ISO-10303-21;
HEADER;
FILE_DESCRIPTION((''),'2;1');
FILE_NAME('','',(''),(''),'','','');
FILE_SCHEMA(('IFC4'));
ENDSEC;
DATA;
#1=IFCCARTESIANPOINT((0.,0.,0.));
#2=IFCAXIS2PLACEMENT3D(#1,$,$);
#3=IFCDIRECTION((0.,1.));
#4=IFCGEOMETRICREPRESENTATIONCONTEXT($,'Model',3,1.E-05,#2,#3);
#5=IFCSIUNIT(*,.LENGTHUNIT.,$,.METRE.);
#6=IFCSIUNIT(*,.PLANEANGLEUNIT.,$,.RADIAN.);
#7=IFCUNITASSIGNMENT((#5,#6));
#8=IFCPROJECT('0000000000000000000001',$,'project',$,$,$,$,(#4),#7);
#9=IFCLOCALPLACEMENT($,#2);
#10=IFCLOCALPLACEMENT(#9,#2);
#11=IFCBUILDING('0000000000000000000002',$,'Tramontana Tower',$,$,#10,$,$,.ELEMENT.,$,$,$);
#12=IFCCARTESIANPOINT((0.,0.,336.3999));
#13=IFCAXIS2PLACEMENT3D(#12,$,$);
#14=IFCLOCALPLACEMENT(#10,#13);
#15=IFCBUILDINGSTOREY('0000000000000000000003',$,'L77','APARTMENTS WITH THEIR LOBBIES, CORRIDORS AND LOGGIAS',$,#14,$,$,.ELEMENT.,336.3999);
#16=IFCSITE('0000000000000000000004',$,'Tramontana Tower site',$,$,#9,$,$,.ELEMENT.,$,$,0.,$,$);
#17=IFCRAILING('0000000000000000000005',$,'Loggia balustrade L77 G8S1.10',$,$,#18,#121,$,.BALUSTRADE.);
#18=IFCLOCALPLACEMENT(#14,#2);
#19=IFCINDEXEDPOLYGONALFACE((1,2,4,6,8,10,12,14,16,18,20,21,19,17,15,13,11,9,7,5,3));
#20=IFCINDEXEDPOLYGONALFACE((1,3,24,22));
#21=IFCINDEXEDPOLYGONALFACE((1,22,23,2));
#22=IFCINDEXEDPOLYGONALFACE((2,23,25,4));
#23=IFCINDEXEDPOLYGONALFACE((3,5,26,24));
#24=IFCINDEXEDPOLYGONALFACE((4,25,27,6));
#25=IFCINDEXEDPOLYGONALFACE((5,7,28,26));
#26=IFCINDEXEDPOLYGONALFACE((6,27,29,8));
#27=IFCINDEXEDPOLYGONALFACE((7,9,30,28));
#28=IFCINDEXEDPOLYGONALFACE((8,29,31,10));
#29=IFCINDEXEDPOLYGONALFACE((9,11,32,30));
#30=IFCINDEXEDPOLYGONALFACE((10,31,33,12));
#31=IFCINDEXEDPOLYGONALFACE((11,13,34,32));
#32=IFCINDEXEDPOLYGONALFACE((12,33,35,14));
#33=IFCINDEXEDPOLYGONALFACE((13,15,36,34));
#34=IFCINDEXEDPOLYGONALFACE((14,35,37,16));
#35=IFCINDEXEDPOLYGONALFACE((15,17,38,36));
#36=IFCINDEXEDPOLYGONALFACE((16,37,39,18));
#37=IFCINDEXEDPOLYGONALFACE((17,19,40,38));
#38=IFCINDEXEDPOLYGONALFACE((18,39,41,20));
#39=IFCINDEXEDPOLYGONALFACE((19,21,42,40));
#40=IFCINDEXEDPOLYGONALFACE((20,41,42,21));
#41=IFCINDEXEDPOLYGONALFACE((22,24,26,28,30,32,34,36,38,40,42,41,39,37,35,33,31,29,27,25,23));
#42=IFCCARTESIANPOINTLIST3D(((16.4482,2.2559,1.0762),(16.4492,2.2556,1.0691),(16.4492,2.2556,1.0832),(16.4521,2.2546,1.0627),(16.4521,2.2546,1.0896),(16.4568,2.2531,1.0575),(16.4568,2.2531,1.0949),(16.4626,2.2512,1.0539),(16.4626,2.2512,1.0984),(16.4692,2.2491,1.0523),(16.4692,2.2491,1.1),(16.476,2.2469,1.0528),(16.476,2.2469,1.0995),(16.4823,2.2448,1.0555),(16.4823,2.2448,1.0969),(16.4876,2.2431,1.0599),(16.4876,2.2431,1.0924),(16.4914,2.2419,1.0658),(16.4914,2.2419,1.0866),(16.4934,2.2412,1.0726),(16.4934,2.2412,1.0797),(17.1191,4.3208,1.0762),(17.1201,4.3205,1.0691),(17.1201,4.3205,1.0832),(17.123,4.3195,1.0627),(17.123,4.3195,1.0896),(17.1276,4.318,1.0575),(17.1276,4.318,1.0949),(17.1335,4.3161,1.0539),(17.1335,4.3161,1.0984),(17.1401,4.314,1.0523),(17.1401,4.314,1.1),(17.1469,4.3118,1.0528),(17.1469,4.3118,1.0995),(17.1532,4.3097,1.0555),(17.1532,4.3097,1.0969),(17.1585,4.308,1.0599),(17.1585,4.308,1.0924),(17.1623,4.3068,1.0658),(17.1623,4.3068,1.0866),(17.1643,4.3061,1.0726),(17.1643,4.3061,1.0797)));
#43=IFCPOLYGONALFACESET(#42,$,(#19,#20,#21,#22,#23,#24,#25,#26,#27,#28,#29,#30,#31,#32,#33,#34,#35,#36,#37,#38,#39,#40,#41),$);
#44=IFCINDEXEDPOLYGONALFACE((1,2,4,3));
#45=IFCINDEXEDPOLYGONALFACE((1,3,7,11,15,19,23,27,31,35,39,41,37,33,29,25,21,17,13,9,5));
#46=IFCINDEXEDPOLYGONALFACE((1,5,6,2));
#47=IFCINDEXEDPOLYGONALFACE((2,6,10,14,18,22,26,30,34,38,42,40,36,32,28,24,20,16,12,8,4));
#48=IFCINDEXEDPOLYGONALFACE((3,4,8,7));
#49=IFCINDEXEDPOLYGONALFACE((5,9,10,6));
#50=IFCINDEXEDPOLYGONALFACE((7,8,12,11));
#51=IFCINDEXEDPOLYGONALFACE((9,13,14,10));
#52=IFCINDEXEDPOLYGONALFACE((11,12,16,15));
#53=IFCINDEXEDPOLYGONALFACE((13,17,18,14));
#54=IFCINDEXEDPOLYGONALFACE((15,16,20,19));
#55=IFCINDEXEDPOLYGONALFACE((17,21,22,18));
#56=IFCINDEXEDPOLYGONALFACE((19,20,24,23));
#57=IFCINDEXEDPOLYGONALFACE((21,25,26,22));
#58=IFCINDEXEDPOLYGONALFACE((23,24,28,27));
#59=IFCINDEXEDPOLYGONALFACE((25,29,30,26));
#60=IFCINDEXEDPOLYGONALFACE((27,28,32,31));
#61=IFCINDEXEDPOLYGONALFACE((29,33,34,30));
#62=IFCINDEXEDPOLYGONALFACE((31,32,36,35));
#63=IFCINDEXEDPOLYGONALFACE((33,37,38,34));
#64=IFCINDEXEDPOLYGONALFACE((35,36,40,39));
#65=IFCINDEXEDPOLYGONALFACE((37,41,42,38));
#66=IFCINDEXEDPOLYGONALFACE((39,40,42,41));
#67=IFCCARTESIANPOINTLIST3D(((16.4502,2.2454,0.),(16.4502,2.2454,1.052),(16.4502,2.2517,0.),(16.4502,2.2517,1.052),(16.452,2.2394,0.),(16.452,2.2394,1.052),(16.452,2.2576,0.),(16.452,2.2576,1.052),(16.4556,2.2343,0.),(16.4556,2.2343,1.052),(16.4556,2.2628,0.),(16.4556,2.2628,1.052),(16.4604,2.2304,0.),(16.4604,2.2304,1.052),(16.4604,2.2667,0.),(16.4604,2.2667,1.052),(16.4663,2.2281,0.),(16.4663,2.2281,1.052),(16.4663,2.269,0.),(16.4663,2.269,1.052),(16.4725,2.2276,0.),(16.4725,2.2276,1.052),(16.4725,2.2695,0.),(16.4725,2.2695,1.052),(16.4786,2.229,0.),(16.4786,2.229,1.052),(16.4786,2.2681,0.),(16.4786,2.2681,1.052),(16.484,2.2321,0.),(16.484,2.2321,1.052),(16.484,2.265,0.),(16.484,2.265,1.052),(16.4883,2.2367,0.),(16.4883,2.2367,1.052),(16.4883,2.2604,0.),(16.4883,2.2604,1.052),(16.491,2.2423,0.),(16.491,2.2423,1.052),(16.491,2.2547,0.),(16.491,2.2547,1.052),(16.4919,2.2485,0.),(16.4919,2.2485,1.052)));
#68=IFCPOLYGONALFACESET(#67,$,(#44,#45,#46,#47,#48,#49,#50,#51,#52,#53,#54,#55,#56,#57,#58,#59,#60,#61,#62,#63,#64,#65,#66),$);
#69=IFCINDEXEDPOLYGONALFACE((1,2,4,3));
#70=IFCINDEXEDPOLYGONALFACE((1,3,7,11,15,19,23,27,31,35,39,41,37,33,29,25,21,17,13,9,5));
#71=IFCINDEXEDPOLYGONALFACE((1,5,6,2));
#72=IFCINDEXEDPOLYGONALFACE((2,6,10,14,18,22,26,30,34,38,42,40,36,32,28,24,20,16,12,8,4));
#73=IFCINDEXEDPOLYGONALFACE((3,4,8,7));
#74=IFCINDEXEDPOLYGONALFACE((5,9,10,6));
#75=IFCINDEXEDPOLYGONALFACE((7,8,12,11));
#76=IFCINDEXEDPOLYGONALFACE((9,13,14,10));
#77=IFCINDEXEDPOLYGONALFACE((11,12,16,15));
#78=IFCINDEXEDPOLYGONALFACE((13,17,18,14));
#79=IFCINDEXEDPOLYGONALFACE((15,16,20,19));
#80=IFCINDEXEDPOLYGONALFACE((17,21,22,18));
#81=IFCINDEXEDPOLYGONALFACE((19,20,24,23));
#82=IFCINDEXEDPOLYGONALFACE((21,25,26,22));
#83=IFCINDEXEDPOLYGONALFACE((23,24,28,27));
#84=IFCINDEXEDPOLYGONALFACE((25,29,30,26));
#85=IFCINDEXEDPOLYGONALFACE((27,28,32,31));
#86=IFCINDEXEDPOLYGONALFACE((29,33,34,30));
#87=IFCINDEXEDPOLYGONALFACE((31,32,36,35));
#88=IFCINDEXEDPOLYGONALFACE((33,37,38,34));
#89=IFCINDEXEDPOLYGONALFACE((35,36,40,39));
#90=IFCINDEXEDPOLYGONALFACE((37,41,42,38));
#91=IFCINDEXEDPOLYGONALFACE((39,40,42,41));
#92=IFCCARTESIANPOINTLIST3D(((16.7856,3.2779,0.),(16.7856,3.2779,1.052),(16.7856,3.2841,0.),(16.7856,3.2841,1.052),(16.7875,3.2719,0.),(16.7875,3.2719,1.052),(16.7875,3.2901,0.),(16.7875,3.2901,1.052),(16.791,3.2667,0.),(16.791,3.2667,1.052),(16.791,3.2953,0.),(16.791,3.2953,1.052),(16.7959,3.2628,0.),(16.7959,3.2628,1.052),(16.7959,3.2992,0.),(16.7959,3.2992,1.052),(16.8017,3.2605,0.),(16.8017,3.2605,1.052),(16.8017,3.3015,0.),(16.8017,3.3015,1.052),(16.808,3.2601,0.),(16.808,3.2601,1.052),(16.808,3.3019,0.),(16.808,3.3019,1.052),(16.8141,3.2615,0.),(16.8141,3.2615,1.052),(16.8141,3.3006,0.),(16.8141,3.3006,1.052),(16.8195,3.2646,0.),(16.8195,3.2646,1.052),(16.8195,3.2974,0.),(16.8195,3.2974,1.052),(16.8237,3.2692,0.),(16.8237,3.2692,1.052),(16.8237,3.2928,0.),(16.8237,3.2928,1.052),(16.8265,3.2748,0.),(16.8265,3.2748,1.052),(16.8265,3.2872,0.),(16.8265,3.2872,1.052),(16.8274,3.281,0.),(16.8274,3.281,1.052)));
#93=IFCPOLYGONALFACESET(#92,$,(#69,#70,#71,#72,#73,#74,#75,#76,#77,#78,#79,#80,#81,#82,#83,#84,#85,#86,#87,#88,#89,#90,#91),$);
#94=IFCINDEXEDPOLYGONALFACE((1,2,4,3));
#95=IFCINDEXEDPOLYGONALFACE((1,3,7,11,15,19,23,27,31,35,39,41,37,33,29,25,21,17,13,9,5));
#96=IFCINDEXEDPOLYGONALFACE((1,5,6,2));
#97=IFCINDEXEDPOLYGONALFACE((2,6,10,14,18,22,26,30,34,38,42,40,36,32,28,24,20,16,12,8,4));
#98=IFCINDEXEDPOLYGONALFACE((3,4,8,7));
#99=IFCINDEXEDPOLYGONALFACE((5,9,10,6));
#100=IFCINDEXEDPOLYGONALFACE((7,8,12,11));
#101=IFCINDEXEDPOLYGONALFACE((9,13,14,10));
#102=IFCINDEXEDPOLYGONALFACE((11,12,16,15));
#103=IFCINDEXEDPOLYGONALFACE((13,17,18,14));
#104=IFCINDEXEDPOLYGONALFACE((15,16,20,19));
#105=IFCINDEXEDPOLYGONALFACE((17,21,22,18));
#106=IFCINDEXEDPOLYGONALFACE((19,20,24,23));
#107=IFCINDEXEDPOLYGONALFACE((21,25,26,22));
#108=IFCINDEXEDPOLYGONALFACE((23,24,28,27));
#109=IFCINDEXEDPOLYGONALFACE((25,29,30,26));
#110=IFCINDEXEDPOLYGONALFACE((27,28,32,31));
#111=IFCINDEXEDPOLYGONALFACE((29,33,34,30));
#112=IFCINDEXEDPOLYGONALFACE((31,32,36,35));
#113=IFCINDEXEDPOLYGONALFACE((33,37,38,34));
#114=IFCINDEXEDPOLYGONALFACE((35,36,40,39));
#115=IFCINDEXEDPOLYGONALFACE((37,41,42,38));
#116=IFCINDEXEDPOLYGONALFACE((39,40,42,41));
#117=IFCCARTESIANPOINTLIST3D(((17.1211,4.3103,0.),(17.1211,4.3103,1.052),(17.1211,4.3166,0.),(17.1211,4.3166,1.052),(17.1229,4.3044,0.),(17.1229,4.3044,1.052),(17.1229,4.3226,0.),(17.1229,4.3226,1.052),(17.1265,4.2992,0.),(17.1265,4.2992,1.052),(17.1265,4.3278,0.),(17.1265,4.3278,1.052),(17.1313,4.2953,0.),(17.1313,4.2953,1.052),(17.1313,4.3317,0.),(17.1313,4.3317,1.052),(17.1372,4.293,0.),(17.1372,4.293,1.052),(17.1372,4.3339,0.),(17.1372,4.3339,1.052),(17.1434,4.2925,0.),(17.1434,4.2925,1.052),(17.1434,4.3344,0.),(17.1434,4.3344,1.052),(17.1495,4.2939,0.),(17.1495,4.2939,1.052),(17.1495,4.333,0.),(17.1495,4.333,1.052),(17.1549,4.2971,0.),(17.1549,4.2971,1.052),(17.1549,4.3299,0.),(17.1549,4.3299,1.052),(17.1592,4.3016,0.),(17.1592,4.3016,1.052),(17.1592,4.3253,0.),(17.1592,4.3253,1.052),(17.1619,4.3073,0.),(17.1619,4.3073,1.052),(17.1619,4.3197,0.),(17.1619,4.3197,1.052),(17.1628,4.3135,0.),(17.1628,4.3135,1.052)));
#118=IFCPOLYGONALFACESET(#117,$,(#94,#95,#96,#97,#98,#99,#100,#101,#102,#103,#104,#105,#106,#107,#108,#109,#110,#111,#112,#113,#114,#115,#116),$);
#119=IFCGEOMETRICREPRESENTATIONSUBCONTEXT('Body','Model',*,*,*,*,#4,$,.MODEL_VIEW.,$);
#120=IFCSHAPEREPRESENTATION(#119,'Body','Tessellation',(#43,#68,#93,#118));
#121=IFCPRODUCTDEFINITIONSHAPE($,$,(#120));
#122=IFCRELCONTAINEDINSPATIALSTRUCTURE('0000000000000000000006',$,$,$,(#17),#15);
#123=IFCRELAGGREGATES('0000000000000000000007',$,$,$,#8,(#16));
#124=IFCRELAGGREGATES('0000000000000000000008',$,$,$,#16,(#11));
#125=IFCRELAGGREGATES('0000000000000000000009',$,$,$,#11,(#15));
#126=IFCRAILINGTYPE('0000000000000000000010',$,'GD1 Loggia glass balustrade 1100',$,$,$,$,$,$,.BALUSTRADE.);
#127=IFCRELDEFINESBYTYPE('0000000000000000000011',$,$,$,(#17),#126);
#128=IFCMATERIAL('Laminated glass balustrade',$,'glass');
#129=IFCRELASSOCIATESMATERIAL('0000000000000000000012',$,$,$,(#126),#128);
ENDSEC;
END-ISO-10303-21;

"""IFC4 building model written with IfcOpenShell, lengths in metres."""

from ifc_helpers import new_model, si_unit, direction, frame, origin, origin_2d, place, context, subcontext, project, spatial, circle, extrude, material, type_object, element, save


model = new_model("IFC4")

# Units and contexts
model_context = context("Model", 3, precision=1e-05, world=origin(), true_north=direction((0.0, 1.0)))
body_context = subcontext(model_context, "Body", "Model", "MODEL_VIEW")
ifc_project = project(units=[si_unit("LENGTHUNIT", "METRE"), si_unit("PLANEANGLEUNIT", "RADIAN")], contexts=[model_context])

# Site, building, storey
site_placement = place(None, origin())
site = spatial("IfcSite", under=ifc_project, at=site_placement, Name="Tramontana Tower site", CompositionType="ELEMENT", RefElevation=0.0)
building_placement = place(site_placement, origin())
building = spatial("IfcBuilding", under=site, at=building_placement, Name="Tramontana Tower", CompositionType="ELEMENT")
storey_placement = place(building_placement, frame((0.0, 0.0, 336.3999)))
storey = spatial("IfcBuildingStorey", under=building, at=storey_placement, Name="L77", Description="APARTMENTS WITH THEIR LOBBIES, CORRIDORS AND LOGGIAS", CompositionType="ELEMENT", Elevation=336.3999)

# Railing
ifc_material_1 = material(Name="Laminated glass balustrade", Category="glass")
railing_type = type_object("IfcRailingType", Name="GD1 Loggia glass balustrade 1100", PredefinedType="BALUSTRADE", material=ifc_material_1)
railing_1_placement = place(storey_placement, frame((16.4709, 2.2485, 0.0)))
element("IfcRailing", 1, at=railing_1_placement, inside=storey, type_object=railing_type, Name="Loggia balustrade L77 G8S1.10", PredefinedType="BALUSTRADE", context=body_context, shape_type="SweptSolid", body=[
    extrude(circle(Radius=0.0239, at=origin_2d()), frame((0.0, 0.0, 1.0762), z_axis=(0.309, 0.951062, 0.0), x_axis=(-0.951062, 0.309, 0.0)), (0.0, 0.0, 1.0), 2.1711),
    extrude(circle(Radius=0.021, at=origin_2d()), origin(), (0.0, 0.0, 1.0), 1.052),
    extrude(circle(Radius=0.021, at=origin_2d()), frame((0.3354, 1.0325, 0.0)), (0.0, 0.0, 1.0), 1.052),
    extrude(circle(Radius=0.021, at=origin_2d()), frame((0.6709, 2.0649, 0.0)), (0.0, 0.0, 1.0), 1.052),
])

save(model, "model.ifc")
